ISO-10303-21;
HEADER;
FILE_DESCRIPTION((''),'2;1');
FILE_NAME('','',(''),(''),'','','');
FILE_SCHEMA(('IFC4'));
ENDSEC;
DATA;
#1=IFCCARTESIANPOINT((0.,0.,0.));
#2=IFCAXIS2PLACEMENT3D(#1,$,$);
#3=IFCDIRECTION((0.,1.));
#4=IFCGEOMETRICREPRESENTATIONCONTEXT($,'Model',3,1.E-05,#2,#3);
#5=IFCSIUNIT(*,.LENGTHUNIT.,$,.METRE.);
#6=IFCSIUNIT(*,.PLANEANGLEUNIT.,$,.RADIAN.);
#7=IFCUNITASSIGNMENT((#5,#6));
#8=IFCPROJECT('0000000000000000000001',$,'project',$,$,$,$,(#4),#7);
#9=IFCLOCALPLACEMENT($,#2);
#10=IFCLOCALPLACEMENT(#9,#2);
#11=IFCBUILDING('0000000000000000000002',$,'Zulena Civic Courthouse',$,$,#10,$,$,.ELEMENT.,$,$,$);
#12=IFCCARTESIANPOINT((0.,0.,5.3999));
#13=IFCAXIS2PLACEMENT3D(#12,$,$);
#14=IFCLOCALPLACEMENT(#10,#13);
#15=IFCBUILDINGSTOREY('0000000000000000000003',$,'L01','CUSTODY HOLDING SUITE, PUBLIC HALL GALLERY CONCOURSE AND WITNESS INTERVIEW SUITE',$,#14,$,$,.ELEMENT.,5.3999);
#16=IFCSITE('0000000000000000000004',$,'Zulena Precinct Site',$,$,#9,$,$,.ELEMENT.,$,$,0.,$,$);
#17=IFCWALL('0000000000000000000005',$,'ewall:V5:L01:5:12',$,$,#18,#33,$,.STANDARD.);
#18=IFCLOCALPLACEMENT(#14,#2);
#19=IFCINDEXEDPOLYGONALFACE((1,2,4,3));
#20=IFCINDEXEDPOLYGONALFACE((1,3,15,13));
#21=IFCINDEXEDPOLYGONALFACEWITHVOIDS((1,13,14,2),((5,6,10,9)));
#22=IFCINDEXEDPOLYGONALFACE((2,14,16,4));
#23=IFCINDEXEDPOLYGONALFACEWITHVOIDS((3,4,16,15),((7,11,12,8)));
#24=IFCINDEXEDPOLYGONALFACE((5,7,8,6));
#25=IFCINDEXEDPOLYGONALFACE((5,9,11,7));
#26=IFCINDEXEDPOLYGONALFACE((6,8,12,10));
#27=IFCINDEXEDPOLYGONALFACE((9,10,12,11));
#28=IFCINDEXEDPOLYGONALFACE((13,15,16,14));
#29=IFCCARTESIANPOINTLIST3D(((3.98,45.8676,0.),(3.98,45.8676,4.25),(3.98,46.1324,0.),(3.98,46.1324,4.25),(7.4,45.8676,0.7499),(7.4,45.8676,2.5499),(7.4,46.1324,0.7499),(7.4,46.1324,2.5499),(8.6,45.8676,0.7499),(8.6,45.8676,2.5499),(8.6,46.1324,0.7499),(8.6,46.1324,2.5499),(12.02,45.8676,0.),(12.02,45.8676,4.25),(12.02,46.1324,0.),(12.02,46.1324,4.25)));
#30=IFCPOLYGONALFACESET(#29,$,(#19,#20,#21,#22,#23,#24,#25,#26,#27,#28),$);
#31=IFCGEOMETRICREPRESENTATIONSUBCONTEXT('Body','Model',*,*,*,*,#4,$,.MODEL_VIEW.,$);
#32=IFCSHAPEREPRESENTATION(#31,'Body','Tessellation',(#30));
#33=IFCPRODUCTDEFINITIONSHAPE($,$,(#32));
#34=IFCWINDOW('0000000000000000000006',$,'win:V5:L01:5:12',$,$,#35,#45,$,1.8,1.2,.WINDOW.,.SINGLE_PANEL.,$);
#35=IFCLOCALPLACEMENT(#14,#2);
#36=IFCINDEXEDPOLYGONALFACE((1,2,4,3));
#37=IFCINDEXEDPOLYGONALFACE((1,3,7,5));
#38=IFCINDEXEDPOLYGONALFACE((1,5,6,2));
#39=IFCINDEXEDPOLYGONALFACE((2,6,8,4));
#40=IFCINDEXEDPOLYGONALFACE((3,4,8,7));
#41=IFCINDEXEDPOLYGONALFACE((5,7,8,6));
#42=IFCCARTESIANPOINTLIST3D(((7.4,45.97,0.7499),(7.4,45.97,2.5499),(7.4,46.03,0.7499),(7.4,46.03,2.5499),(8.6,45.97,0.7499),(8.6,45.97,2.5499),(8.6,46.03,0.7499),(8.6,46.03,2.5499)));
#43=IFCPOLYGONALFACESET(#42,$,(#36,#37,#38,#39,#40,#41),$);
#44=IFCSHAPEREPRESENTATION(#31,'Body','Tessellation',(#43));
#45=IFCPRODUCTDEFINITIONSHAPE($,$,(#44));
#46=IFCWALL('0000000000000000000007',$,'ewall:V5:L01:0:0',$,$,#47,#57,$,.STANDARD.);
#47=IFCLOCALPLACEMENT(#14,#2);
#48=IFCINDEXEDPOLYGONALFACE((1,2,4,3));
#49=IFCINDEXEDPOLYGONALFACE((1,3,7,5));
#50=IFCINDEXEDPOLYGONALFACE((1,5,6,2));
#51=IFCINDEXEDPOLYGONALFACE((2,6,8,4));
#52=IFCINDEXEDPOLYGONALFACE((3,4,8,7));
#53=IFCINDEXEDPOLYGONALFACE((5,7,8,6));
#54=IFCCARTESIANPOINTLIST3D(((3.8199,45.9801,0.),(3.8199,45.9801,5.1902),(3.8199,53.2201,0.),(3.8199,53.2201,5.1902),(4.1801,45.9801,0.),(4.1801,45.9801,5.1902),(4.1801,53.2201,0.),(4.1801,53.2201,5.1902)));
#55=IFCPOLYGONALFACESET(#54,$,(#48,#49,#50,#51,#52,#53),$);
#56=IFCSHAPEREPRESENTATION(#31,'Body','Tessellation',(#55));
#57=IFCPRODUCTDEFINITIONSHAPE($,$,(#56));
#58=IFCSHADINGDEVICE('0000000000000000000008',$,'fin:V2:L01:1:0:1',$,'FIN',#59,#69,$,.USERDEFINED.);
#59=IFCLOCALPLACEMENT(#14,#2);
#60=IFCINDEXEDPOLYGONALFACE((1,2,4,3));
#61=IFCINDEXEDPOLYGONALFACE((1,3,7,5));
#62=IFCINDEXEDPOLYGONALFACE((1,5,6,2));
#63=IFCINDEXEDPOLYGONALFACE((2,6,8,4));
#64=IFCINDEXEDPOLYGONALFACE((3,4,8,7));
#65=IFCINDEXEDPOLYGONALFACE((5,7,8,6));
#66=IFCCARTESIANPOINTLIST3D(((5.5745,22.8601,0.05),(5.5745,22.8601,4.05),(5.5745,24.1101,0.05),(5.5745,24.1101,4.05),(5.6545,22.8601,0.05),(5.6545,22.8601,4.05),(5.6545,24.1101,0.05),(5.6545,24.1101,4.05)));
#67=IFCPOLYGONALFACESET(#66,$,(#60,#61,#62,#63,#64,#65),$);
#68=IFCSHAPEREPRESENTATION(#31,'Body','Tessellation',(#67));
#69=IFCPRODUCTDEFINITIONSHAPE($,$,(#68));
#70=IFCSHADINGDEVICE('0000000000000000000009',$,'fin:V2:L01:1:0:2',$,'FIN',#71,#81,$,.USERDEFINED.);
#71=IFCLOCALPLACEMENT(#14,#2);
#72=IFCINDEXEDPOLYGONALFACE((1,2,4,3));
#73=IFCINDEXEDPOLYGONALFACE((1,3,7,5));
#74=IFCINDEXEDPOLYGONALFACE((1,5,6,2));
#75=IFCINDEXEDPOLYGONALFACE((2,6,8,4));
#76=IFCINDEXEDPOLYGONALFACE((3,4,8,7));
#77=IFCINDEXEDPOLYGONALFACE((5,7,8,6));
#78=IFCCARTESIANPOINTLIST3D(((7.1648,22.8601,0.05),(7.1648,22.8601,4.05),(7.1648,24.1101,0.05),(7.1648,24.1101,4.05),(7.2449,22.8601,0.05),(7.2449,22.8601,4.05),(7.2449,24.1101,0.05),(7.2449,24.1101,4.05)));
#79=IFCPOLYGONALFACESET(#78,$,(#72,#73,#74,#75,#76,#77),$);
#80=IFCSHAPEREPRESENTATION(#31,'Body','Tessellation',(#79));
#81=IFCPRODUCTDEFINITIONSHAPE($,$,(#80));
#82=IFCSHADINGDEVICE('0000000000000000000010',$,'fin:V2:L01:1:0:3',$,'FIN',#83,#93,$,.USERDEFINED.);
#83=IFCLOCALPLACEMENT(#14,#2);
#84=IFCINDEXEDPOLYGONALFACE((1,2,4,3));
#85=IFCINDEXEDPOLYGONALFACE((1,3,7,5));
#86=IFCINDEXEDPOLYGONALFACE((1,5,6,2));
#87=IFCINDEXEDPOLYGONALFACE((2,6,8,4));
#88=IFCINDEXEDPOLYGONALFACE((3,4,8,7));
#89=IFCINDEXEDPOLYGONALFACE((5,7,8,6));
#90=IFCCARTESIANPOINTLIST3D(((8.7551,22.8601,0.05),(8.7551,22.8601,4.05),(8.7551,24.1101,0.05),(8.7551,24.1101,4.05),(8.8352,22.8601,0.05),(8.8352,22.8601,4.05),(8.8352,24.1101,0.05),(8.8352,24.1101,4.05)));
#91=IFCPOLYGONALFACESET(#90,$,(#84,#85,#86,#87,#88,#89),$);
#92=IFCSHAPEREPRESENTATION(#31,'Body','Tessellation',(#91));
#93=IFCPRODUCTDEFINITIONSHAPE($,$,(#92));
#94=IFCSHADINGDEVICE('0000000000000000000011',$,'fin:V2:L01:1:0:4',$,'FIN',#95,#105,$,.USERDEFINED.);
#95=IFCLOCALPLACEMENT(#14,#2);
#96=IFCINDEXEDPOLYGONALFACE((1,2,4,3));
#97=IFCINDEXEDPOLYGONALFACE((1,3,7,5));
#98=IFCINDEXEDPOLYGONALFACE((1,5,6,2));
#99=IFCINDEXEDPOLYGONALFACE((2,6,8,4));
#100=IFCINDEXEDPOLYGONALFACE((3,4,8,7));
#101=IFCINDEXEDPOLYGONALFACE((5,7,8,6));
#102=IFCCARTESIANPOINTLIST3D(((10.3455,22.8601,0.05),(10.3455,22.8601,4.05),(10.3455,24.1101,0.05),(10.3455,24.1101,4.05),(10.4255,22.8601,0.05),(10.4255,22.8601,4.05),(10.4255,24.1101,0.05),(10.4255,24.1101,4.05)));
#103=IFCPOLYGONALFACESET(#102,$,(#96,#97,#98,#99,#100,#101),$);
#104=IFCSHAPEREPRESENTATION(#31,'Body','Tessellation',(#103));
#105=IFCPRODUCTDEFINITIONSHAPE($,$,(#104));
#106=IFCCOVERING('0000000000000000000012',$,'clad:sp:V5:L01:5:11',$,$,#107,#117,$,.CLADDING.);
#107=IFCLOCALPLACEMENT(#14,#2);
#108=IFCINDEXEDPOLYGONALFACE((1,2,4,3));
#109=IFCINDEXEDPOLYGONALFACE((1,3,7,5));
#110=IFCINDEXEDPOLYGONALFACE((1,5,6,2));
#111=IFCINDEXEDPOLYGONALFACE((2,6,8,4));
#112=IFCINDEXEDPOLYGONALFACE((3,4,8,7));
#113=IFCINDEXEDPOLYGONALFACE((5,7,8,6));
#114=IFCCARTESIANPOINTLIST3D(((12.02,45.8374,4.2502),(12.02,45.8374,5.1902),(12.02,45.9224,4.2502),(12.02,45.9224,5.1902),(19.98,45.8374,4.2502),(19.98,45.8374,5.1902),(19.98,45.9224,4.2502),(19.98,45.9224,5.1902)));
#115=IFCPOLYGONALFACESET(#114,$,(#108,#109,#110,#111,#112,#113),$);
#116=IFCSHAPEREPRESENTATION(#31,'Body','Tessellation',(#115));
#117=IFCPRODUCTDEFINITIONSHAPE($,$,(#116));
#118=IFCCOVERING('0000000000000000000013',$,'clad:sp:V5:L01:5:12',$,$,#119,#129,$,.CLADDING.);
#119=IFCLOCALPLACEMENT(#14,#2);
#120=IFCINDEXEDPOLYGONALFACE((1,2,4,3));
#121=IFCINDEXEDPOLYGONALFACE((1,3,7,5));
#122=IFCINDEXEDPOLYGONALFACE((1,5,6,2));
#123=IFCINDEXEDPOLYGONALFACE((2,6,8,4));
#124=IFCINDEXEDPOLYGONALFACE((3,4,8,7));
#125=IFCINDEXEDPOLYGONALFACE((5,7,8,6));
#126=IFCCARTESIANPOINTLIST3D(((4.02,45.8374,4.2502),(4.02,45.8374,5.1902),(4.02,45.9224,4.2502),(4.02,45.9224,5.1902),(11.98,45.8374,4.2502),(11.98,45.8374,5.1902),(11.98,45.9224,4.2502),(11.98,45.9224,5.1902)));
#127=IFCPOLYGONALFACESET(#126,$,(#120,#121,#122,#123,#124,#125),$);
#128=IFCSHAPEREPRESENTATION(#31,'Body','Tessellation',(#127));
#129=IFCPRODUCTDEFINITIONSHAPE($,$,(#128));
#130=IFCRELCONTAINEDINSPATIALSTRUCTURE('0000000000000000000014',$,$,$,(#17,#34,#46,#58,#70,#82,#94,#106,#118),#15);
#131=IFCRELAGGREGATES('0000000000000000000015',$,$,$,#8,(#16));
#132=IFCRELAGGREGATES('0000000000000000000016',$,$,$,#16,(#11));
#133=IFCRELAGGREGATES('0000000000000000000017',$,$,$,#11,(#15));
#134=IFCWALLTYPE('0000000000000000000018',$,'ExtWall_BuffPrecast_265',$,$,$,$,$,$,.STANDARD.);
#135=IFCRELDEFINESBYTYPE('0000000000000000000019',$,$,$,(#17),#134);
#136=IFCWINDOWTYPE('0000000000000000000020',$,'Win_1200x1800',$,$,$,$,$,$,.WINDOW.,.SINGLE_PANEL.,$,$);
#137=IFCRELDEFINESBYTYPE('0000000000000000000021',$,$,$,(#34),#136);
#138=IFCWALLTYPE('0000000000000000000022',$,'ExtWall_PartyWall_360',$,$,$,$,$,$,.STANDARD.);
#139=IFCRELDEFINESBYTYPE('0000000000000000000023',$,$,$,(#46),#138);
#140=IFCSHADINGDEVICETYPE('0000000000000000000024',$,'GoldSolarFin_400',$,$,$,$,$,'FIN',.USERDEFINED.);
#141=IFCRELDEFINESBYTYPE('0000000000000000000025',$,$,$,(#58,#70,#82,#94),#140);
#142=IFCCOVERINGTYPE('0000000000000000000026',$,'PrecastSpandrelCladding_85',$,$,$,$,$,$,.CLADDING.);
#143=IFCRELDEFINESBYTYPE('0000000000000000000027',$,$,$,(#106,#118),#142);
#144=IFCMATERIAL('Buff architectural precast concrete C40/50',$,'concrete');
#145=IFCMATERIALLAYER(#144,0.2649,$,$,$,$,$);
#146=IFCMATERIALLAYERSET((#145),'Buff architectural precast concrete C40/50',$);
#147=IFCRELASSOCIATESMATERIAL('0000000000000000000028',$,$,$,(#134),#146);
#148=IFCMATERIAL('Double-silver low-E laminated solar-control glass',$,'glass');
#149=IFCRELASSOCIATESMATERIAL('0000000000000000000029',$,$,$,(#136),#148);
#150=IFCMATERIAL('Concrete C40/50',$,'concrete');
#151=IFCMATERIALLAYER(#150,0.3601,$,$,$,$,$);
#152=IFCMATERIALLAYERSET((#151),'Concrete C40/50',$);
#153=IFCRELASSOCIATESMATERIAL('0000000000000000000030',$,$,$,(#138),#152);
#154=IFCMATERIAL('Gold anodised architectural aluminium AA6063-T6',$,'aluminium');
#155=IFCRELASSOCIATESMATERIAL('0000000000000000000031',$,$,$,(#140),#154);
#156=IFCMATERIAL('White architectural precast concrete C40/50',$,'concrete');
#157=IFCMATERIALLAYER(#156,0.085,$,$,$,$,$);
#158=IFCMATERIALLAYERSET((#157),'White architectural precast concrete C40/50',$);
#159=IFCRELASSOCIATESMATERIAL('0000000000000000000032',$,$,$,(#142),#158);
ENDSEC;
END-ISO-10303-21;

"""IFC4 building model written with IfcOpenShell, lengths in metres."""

from ifc_helpers import new_model, si_unit, direction, frame, frame_2d, origin, origin_2d, place, context, subcontext, project, spatial, rectangle, extrude, material, layer, layer_set, type_object, element, fill, save


model = new_model("IFC4")

# Units and contexts
model_context = context("Model", 3, precision=1e-05, world=origin(), true_north=direction((0.0, 1.0)))
body_context = subcontext(model_context, "Body", "Model", "MODEL_VIEW")
ifc_project = project(units=[si_unit("LENGTHUNIT", "METRE"), si_unit("PLANEANGLEUNIT", "RADIAN")], contexts=[model_context])

# Site, building, storey
site_placement = place(None, origin())
site = spatial("IfcSite", under=ifc_project, at=site_placement, Name="Zulena Precinct Site", CompositionType="ELEMENT", RefElevation=0.0)
building_placement = place(site_placement, origin())
building = spatial("IfcBuilding", under=site, at=building_placement, Name="Zulena Civic Courthouse", CompositionType="ELEMENT")
storey_placement = place(building_placement, frame((0.0, 0.0, 5.3999)))
storey = spatial("IfcBuildingStorey", under=building, at=storey_placement, Name="L01", Description="CUSTODY HOLDING SUITE, PUBLIC HALL GALLERY CONCOURSE AND WITNESS INTERVIEW SUITE", CompositionType="ELEMENT", Elevation=5.3999)

# Shared definitions
ifc_material_1 = material(Name="Double-silver low-E laminated solar-control glass", Category="glass")

# Shared definitions
ifc_material_2 = material(Name="Concrete C40/50", Category="concrete")

# Wall, opening, window
ifc_material_3 = material(Name="Buff architectural precast concrete C40/50", Category="concrete")
ifc_layer_1 = layer(ifc_material_3, 0.2649)
ifc_layer_set_1 = layer_set([ifc_layer_1], Name="Buff architectural precast concrete C40/50")
wall_type_1 = type_object("IfcWallType", Name="ExtWall_BuffPrecast_265", PredefinedType="STANDARD", material=ifc_layer_set_1)
wall_1_placement = place(storey_placement, frame((12.02, 46.0, 0.0), z_axis=(0.0, 0.0, 1.0), x_axis=(-1.0, 0.0, 0.0)))
wall_1 = element("IfcWall", 1, at=wall_1_placement, inside=storey, type_object=wall_type_1, Name="ewall:V5:L01:5:12", PredefinedType="STANDARD", context=body_context, shape_type="SweptSolid", body=[
    extrude(rectangle(XDim=8.04, YDim=0.2649, at=frame_2d((4.02, 0.0))), origin(), (0.0, 0.0, 1.0), 4.25),
])
opening_1_placement = place(wall_1_placement, frame((3.4199, 0.0, 0.75)))
opening_1 = element("IfcOpeningElement", 2, at=opening_1_placement, cuts=wall_1, PredefinedType="OPENING", context=body_context, shape_type="SweptSolid", body=[
    extrude(rectangle(XDim=1.2, YDim=1.8, at=frame_2d((0.6001, 0.8999))), frame((0.0, 0.1423, 0.0), z_axis=(0.0, -1.0, 0.0), x_axis=(1.0, 0.0, 0.0)), (0.0, 0.0, 1.0), 0.2849),
])
window_type_1 = type_object("IfcWindowType", Name="Win_1200x1800", PartitioningType="SINGLE_PANEL", PredefinedType="WINDOW", material=ifc_material_1)
window_1_placement = place(opening_1_placement, origin())
window_1 = element("IfcWindow", 3, at=window_1_placement, inside=storey, type_object=window_type_1, Name="win:V5:L01:5:12", OverallHeight=1.8, OverallWidth=1.2, PartitioningType="SINGLE_PANEL", PredefinedType="WINDOW", context=body_context, shape_type="SweptSolid", body=[
    extrude(rectangle(XDim=1.2, YDim=1.8, at=frame_2d((0.6001, 0.8999))), frame((0.0, 0.03, 0.0), z_axis=(0.0, -1.0, 0.0), x_axis=(1.0, 0.0, 0.0)), (0.0, 0.0, 1.0), 0.0601),
])
fill(opening_1, window_1)

# Wall
ifc_layer_2 = layer(ifc_material_2, 0.3601)
ifc_layer_set_2 = layer_set([ifc_layer_2], Name="Concrete C40/50")
wall_type_2 = type_object("IfcWallType", Name="ExtWall_PartyWall_360", PredefinedType="STANDARD", material=ifc_layer_set_2)
wall_2_placement = place(storey_placement, frame((4.0, 45.98, 0.0), z_axis=(0.0, 0.0, 1.0), x_axis=(0.0, 1.0, 0.0)))
element("IfcWall", 4, at=wall_2_placement, inside=storey, type_object=wall_type_2, Name="ewall:V5:L01:0:0", PredefinedType="STANDARD", context=body_context, shape_type="SweptSolid", body=[
    extrude(rectangle(XDim=7.24, YDim=0.3601, at=frame_2d((3.6201, 0.0))), origin(), (0.0, 0.0, 1.0), 5.1902),
])

# Shading devices
ifc_material_4 = material(Name="Gold anodised architectural aluminium AA6063-T6", Category="aluminium")
shading_device_type = type_object("IfcShadingDeviceType", Name="GoldSolarFin_400", ElementType="FIN", PredefinedType="USERDEFINED", material=ifc_material_4)
for number, where, z_axis, x_axis, name in (
    (5, (5.6145, 23.4851, 0.05), (0.0, 0.0, 1.0), (0.0, 1.0, 0.0), "fin:V2:L01:1:0:1"),
    (6, (7.2048, 23.4851, 0.05), (0.0, 0.0, 1.0), (0.0, 1.0, 0.0), "fin:V2:L01:1:0:2"),
    (7, (8.7952, 23.4851, 0.05), (0.0, 0.0, 1.0), (0.0, 1.0, 0.0), "fin:V2:L01:1:0:3"),
    (8, (10.3855, 23.4851, 0.05), (0.0, 0.0, 1.0), (0.0, 1.0, 0.0), "fin:V2:L01:1:0:4"),
):
    element("IfcShadingDevice", number, at=place(storey_placement, frame(where, z_axis=z_axis, x_axis=x_axis)), inside=storey, type_object=shading_device_type, Name=name, ObjectType="FIN", PredefinedType="USERDEFINED", context=body_context, shape_type="SweptSolid", body=[
        extrude(rectangle(XDim=1.25, YDim=0.0801, at=origin_2d()), origin(), (0.0, 0.0, 1.0), 4.0),
    ])

# Coverings
ifc_material_5 = material(Name="White architectural precast concrete C40/50", Category="concrete")
ifc_layer_3 = layer(ifc_material_5, 0.085)
ifc_layer_set_3 = layer_set([ifc_layer_3], Name="White architectural precast concrete C40/50")
covering_type = type_object("IfcCoveringType", Name="PrecastSpandrelCladding_85", PredefinedType="CLADDING", material=ifc_layer_set_3)
for number, where, z_axis, x_axis, name in (
    (9, (16.0, 45.8799, 4.2502), (0.0, 0.0, 1.0), (-1.0, 0.0, 0.0), "clad:sp:V5:L01:5:11"),
    (10, (8.0, 45.8799, 4.2502), (0.0, 0.0, 1.0), (-1.0, 0.0, 0.0), "clad:sp:V5:L01:5:12"),
):
    element("IfcCovering", number, at=place(storey_placement, frame(where, z_axis=z_axis, x_axis=x_axis)), inside=storey, type_object=covering_type, Name=name, PredefinedType="CLADDING", context=body_context, shape_type="SweptSolid", body=[
        extrude(rectangle(XDim=7.96, YDim=0.085, at=origin_2d()), origin(), (0.0, 0.0, 1.0), 0.9399),
    ])

save(model, "model.ifc")
